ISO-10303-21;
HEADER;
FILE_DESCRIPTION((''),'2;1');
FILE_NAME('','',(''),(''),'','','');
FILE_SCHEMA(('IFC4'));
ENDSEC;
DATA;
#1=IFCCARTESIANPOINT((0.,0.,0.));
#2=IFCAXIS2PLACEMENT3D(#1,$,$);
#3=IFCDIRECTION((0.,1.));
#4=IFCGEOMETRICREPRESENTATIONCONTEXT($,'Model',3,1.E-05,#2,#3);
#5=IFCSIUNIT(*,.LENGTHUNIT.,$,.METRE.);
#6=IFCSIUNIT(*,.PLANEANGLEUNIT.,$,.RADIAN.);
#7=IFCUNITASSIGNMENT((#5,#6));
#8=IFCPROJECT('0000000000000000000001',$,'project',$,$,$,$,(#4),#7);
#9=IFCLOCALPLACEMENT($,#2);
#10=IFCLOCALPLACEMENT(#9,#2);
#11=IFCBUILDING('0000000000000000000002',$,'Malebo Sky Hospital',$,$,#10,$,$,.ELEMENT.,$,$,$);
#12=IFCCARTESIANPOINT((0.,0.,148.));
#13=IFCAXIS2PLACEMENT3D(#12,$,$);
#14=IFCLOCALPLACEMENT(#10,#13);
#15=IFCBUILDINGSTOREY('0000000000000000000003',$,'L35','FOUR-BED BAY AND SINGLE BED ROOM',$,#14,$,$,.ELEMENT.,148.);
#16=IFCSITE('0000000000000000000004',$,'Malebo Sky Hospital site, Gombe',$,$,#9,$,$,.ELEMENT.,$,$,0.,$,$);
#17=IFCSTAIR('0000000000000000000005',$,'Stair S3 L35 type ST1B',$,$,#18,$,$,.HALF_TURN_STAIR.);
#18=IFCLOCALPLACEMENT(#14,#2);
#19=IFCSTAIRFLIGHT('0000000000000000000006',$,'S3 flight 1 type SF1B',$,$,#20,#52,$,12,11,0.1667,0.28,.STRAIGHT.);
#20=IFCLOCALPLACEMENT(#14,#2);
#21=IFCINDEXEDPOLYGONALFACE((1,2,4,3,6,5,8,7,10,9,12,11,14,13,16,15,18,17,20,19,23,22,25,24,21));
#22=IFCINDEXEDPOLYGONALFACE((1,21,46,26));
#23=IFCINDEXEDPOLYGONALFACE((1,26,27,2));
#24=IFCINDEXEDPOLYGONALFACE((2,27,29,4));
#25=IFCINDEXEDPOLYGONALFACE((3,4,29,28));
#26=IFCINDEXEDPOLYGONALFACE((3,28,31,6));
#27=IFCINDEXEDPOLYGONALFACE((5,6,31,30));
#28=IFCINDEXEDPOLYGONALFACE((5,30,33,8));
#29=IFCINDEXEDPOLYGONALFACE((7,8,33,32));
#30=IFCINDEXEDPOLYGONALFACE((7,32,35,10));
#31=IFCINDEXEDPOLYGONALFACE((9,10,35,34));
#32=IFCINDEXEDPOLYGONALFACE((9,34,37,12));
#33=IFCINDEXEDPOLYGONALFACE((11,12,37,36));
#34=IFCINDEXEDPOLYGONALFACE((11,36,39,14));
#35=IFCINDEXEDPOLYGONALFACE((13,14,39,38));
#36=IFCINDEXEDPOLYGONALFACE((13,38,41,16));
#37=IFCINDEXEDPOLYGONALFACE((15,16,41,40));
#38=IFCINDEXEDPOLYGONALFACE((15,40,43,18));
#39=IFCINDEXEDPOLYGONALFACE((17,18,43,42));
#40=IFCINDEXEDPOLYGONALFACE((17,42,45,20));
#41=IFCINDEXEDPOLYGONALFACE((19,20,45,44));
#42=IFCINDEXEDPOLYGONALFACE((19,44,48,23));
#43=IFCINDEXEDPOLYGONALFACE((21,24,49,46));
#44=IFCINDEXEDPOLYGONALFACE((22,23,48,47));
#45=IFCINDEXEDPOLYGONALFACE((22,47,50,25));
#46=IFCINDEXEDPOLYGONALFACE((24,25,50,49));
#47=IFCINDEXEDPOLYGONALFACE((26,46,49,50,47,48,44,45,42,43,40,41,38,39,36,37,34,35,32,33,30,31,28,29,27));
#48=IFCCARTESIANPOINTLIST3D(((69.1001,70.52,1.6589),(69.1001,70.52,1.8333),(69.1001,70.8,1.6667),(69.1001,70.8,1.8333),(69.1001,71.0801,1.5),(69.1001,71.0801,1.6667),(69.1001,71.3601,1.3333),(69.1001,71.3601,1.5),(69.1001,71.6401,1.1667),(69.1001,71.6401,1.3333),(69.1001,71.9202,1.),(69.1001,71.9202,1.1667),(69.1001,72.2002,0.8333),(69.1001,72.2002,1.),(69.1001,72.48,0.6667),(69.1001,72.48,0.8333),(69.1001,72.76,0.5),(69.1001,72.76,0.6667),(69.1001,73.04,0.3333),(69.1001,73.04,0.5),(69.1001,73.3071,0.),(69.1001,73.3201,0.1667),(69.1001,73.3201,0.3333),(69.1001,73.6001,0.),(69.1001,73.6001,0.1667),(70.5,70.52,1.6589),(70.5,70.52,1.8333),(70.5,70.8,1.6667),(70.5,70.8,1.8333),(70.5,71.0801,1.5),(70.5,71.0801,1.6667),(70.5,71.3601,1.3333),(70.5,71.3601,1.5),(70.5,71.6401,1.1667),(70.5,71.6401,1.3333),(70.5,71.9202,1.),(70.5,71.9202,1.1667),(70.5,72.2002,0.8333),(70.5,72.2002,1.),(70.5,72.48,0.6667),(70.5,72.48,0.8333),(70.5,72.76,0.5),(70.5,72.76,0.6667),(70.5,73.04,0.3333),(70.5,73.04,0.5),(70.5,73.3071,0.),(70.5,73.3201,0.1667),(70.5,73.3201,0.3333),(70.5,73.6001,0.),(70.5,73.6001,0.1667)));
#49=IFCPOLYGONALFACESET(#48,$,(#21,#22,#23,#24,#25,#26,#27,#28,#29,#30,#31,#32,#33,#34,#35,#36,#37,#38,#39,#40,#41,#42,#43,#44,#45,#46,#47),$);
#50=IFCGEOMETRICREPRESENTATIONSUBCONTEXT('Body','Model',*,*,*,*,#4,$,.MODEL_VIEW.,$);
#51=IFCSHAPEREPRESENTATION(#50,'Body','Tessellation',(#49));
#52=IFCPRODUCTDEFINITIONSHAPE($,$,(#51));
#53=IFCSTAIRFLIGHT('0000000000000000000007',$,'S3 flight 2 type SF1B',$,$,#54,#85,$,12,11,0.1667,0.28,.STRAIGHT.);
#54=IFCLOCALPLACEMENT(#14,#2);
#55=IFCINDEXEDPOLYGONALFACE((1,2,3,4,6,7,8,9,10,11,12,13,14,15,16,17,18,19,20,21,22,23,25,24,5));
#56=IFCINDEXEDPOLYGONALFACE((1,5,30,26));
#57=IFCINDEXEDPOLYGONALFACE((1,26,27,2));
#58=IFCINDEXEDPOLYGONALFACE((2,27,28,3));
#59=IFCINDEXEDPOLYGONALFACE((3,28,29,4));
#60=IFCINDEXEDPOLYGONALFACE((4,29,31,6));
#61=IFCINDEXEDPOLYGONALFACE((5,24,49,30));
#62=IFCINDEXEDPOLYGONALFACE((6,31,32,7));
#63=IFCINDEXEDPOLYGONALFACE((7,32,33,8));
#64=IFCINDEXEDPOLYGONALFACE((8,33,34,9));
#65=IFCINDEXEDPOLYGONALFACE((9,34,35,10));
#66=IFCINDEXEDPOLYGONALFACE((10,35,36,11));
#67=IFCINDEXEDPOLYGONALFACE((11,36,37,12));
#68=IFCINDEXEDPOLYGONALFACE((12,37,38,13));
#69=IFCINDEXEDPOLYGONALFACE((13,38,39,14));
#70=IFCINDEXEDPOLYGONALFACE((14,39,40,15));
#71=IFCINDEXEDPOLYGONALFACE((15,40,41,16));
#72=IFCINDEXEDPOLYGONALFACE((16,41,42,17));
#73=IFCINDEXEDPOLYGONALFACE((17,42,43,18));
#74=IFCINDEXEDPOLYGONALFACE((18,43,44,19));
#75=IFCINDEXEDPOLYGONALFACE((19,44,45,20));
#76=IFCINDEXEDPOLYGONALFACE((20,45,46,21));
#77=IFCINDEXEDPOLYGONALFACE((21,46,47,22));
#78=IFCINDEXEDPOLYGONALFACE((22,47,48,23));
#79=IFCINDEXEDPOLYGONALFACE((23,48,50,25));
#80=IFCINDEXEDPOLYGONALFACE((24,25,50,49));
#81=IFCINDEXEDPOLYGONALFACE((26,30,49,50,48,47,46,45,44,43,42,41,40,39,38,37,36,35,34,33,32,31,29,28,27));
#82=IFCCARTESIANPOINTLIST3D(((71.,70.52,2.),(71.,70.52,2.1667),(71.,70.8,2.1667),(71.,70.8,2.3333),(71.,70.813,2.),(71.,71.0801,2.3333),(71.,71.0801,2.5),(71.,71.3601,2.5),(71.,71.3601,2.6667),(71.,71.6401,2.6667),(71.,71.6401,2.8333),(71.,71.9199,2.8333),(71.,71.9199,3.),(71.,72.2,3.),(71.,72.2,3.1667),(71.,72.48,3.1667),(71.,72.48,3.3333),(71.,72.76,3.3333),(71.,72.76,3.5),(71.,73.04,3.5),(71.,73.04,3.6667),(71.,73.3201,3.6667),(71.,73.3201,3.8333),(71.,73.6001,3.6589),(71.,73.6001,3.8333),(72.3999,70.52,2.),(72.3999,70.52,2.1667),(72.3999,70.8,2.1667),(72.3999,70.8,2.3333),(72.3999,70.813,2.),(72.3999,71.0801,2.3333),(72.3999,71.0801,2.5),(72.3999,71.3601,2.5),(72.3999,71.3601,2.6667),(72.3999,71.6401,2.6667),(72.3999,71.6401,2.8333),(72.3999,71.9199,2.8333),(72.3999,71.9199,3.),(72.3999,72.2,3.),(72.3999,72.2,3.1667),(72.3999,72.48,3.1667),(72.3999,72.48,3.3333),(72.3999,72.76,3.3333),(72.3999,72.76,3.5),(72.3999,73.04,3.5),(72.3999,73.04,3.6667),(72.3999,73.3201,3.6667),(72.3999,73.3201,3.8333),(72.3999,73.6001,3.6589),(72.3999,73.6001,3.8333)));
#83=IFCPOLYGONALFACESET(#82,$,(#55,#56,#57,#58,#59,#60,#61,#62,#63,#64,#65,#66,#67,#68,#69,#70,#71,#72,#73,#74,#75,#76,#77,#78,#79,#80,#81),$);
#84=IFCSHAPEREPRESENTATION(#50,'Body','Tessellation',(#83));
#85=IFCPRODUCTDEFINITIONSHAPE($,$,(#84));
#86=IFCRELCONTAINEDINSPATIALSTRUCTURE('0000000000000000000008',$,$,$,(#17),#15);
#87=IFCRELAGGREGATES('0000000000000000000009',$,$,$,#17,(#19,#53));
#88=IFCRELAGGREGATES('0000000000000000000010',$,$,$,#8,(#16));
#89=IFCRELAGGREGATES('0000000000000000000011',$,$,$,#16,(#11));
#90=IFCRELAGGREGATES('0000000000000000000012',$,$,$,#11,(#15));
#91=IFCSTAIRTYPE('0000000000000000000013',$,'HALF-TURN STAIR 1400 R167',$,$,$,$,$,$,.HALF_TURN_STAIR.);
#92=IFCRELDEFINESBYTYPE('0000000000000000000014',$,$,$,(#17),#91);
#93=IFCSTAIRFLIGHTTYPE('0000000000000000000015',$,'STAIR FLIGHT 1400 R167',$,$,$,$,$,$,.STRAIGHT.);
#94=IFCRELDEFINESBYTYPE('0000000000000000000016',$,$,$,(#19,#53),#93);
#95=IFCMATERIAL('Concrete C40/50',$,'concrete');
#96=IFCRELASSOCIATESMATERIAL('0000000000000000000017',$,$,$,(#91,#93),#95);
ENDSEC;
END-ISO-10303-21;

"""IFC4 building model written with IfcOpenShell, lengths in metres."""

from ifc_helpers import new_model, si_unit, direction, frame, origin, place, context, subcontext, project, spatial, polyline, outline, extrude, material, type_object, element, aggregate, save


model = new_model("IFC4")

# Units and contexts
model_context = context("Model", 3, precision=1e-05, world=origin(), true_north=direction((0.0, 1.0)))
body_context = subcontext(model_context, "Body", "Model", "MODEL_VIEW")
ifc_project = project(units=[si_unit("LENGTHUNIT", "METRE"), si_unit("PLANEANGLEUNIT", "RADIAN")], contexts=[model_context])

# Site, building, storey
site_placement = place(None, origin())
site = spatial("IfcSite", under=ifc_project, at=site_placement, Name="Malebo Sky Hospital site, Gombe", CompositionType="ELEMENT", RefElevation=0.0)
building_placement = place(site_placement, origin())
building = spatial("IfcBuilding", under=site, at=building_placement, Name="Malebo Sky Hospital", CompositionType="ELEMENT")
storey_placement = place(building_placement, frame((0.0, 0.0, 148.0)))
storey = spatial("IfcBuildingStorey", under=building, at=storey_placement, Name="L35", Description="FOUR-BED BAY AND SINGLE BED ROOM", CompositionType="ELEMENT", Elevation=148.0)

# Shared definitions
ifc_material_1 = material(Name="Concrete C40/50", Category="concrete")

# Stair, stair flights
stair_type = type_object("IfcStairType", Name="HALF-TURN STAIR 1400 R167", PredefinedType="HALF_TURN_STAIR", material=ifc_material_1)
stair_placement = place(storey_placement, origin())
stair = element("IfcStair", 1, at=stair_placement, inside=storey, type_object=stair_type, Name="Stair S3 L35 type ST1B", PredefinedType="HALF_TURN_STAIR")
stair_flight_type = type_object("IfcStairFlightType", Name="STAIR FLIGHT 1400 R167", PredefinedType="STRAIGHT", material=ifc_material_1)
stair_flight_1_placement = place(storey_placement, frame((69.8, 73.6001, 0.0), z_axis=(0.0, 0.0, 1.0), x_axis=(0.0, -1.0, 0.0)))
stair_flight_1 = element("IfcStairFlight", 2, at=stair_flight_1_placement, type_object=stair_flight_type, Name="S3 flight 1 type SF1B", NumberOfRisers=12, NumberOfTreads=11, PredefinedType="STRAIGHT", RiserHeight=0.1667, TreadLength=0.28, context=body_context, shape_type="SweptSolid", body=[
    extrude(outline(polyline([(0.0, 0.0), (0.0, 0.1667), (0.28, 0.1667), (0.28, 0.3333), (0.5601, 0.3333), (0.5601, 0.5), (0.8401, 0.5), (0.8401, 0.6667), (1.1201, 0.6667), (1.1201, 0.8333), (1.3999, 0.8333), (1.3999, 1.0), (1.6799, 1.0), (1.6799, 1.1667), (1.96, 1.1667), (1.96, 1.3333), (2.24, 1.3333), (2.24, 1.5), (2.52, 1.5), (2.52, 1.6667), (2.8, 1.6667), (2.8, 1.8333), (3.0801, 1.8333), (3.0801, 2.0), (3.0801, 1.6589), (0.293, 0.0), (0.0, 0.0)])), frame((0.0, 0.7, 0.0), z_axis=(0.0, -1.0, 0.0), x_axis=(1.0, 0.0, 0.0)), (0.0, 0.0, 1.0), 1.3999),
])
stair_flight_2_placement = place(storey_placement, frame((71.7, 70.52, 2.0), z_axis=(0.0, 0.0, 1.0), x_axis=(0.0, 1.0, 0.0)))
stair_flight_2 = element("IfcStairFlight", 3, at=stair_flight_2_placement, type_object=stair_flight_type, Name="S3 flight 2 type SF1B", NumberOfRisers=12, NumberOfTreads=11, PredefinedType="STRAIGHT", RiserHeight=0.1667, TreadLength=0.28, context=body_context, shape_type="SweptSolid", body=[
    extrude(outline(polyline([(0.0, 0.0), (0.0, 0.1667), (0.28, 0.1667), (0.28, 0.3333), (0.5601, 0.3333), (0.5601, 0.5), (0.8401, 0.5), (0.8401, 0.6667), (1.1201, 0.6667), (1.1201, 0.8333), (1.3999, 0.8333), (1.3999, 1.0), (1.6799, 1.0), (1.6799, 1.1667), (1.96, 1.1667), (1.96, 1.3333), (2.24, 1.3333), (2.24, 1.5), (2.52, 1.5), (2.52, 1.6667), (2.8, 1.6667), (2.8, 1.8333), (3.0801, 1.8333), (3.0801, 2.0), (3.0801, 1.6589), (0.293, 0.0), (0.0, 0.0)])), frame((0.0, 0.7, 0.0), z_axis=(0.0, -1.0, 0.0), x_axis=(1.0, 0.0, 0.0)), (0.0, 0.0, 1.0), 1.3999),
])
aggregate(stair, [stair_flight_1, stair_flight_2])

save(model, "model.ifc")
